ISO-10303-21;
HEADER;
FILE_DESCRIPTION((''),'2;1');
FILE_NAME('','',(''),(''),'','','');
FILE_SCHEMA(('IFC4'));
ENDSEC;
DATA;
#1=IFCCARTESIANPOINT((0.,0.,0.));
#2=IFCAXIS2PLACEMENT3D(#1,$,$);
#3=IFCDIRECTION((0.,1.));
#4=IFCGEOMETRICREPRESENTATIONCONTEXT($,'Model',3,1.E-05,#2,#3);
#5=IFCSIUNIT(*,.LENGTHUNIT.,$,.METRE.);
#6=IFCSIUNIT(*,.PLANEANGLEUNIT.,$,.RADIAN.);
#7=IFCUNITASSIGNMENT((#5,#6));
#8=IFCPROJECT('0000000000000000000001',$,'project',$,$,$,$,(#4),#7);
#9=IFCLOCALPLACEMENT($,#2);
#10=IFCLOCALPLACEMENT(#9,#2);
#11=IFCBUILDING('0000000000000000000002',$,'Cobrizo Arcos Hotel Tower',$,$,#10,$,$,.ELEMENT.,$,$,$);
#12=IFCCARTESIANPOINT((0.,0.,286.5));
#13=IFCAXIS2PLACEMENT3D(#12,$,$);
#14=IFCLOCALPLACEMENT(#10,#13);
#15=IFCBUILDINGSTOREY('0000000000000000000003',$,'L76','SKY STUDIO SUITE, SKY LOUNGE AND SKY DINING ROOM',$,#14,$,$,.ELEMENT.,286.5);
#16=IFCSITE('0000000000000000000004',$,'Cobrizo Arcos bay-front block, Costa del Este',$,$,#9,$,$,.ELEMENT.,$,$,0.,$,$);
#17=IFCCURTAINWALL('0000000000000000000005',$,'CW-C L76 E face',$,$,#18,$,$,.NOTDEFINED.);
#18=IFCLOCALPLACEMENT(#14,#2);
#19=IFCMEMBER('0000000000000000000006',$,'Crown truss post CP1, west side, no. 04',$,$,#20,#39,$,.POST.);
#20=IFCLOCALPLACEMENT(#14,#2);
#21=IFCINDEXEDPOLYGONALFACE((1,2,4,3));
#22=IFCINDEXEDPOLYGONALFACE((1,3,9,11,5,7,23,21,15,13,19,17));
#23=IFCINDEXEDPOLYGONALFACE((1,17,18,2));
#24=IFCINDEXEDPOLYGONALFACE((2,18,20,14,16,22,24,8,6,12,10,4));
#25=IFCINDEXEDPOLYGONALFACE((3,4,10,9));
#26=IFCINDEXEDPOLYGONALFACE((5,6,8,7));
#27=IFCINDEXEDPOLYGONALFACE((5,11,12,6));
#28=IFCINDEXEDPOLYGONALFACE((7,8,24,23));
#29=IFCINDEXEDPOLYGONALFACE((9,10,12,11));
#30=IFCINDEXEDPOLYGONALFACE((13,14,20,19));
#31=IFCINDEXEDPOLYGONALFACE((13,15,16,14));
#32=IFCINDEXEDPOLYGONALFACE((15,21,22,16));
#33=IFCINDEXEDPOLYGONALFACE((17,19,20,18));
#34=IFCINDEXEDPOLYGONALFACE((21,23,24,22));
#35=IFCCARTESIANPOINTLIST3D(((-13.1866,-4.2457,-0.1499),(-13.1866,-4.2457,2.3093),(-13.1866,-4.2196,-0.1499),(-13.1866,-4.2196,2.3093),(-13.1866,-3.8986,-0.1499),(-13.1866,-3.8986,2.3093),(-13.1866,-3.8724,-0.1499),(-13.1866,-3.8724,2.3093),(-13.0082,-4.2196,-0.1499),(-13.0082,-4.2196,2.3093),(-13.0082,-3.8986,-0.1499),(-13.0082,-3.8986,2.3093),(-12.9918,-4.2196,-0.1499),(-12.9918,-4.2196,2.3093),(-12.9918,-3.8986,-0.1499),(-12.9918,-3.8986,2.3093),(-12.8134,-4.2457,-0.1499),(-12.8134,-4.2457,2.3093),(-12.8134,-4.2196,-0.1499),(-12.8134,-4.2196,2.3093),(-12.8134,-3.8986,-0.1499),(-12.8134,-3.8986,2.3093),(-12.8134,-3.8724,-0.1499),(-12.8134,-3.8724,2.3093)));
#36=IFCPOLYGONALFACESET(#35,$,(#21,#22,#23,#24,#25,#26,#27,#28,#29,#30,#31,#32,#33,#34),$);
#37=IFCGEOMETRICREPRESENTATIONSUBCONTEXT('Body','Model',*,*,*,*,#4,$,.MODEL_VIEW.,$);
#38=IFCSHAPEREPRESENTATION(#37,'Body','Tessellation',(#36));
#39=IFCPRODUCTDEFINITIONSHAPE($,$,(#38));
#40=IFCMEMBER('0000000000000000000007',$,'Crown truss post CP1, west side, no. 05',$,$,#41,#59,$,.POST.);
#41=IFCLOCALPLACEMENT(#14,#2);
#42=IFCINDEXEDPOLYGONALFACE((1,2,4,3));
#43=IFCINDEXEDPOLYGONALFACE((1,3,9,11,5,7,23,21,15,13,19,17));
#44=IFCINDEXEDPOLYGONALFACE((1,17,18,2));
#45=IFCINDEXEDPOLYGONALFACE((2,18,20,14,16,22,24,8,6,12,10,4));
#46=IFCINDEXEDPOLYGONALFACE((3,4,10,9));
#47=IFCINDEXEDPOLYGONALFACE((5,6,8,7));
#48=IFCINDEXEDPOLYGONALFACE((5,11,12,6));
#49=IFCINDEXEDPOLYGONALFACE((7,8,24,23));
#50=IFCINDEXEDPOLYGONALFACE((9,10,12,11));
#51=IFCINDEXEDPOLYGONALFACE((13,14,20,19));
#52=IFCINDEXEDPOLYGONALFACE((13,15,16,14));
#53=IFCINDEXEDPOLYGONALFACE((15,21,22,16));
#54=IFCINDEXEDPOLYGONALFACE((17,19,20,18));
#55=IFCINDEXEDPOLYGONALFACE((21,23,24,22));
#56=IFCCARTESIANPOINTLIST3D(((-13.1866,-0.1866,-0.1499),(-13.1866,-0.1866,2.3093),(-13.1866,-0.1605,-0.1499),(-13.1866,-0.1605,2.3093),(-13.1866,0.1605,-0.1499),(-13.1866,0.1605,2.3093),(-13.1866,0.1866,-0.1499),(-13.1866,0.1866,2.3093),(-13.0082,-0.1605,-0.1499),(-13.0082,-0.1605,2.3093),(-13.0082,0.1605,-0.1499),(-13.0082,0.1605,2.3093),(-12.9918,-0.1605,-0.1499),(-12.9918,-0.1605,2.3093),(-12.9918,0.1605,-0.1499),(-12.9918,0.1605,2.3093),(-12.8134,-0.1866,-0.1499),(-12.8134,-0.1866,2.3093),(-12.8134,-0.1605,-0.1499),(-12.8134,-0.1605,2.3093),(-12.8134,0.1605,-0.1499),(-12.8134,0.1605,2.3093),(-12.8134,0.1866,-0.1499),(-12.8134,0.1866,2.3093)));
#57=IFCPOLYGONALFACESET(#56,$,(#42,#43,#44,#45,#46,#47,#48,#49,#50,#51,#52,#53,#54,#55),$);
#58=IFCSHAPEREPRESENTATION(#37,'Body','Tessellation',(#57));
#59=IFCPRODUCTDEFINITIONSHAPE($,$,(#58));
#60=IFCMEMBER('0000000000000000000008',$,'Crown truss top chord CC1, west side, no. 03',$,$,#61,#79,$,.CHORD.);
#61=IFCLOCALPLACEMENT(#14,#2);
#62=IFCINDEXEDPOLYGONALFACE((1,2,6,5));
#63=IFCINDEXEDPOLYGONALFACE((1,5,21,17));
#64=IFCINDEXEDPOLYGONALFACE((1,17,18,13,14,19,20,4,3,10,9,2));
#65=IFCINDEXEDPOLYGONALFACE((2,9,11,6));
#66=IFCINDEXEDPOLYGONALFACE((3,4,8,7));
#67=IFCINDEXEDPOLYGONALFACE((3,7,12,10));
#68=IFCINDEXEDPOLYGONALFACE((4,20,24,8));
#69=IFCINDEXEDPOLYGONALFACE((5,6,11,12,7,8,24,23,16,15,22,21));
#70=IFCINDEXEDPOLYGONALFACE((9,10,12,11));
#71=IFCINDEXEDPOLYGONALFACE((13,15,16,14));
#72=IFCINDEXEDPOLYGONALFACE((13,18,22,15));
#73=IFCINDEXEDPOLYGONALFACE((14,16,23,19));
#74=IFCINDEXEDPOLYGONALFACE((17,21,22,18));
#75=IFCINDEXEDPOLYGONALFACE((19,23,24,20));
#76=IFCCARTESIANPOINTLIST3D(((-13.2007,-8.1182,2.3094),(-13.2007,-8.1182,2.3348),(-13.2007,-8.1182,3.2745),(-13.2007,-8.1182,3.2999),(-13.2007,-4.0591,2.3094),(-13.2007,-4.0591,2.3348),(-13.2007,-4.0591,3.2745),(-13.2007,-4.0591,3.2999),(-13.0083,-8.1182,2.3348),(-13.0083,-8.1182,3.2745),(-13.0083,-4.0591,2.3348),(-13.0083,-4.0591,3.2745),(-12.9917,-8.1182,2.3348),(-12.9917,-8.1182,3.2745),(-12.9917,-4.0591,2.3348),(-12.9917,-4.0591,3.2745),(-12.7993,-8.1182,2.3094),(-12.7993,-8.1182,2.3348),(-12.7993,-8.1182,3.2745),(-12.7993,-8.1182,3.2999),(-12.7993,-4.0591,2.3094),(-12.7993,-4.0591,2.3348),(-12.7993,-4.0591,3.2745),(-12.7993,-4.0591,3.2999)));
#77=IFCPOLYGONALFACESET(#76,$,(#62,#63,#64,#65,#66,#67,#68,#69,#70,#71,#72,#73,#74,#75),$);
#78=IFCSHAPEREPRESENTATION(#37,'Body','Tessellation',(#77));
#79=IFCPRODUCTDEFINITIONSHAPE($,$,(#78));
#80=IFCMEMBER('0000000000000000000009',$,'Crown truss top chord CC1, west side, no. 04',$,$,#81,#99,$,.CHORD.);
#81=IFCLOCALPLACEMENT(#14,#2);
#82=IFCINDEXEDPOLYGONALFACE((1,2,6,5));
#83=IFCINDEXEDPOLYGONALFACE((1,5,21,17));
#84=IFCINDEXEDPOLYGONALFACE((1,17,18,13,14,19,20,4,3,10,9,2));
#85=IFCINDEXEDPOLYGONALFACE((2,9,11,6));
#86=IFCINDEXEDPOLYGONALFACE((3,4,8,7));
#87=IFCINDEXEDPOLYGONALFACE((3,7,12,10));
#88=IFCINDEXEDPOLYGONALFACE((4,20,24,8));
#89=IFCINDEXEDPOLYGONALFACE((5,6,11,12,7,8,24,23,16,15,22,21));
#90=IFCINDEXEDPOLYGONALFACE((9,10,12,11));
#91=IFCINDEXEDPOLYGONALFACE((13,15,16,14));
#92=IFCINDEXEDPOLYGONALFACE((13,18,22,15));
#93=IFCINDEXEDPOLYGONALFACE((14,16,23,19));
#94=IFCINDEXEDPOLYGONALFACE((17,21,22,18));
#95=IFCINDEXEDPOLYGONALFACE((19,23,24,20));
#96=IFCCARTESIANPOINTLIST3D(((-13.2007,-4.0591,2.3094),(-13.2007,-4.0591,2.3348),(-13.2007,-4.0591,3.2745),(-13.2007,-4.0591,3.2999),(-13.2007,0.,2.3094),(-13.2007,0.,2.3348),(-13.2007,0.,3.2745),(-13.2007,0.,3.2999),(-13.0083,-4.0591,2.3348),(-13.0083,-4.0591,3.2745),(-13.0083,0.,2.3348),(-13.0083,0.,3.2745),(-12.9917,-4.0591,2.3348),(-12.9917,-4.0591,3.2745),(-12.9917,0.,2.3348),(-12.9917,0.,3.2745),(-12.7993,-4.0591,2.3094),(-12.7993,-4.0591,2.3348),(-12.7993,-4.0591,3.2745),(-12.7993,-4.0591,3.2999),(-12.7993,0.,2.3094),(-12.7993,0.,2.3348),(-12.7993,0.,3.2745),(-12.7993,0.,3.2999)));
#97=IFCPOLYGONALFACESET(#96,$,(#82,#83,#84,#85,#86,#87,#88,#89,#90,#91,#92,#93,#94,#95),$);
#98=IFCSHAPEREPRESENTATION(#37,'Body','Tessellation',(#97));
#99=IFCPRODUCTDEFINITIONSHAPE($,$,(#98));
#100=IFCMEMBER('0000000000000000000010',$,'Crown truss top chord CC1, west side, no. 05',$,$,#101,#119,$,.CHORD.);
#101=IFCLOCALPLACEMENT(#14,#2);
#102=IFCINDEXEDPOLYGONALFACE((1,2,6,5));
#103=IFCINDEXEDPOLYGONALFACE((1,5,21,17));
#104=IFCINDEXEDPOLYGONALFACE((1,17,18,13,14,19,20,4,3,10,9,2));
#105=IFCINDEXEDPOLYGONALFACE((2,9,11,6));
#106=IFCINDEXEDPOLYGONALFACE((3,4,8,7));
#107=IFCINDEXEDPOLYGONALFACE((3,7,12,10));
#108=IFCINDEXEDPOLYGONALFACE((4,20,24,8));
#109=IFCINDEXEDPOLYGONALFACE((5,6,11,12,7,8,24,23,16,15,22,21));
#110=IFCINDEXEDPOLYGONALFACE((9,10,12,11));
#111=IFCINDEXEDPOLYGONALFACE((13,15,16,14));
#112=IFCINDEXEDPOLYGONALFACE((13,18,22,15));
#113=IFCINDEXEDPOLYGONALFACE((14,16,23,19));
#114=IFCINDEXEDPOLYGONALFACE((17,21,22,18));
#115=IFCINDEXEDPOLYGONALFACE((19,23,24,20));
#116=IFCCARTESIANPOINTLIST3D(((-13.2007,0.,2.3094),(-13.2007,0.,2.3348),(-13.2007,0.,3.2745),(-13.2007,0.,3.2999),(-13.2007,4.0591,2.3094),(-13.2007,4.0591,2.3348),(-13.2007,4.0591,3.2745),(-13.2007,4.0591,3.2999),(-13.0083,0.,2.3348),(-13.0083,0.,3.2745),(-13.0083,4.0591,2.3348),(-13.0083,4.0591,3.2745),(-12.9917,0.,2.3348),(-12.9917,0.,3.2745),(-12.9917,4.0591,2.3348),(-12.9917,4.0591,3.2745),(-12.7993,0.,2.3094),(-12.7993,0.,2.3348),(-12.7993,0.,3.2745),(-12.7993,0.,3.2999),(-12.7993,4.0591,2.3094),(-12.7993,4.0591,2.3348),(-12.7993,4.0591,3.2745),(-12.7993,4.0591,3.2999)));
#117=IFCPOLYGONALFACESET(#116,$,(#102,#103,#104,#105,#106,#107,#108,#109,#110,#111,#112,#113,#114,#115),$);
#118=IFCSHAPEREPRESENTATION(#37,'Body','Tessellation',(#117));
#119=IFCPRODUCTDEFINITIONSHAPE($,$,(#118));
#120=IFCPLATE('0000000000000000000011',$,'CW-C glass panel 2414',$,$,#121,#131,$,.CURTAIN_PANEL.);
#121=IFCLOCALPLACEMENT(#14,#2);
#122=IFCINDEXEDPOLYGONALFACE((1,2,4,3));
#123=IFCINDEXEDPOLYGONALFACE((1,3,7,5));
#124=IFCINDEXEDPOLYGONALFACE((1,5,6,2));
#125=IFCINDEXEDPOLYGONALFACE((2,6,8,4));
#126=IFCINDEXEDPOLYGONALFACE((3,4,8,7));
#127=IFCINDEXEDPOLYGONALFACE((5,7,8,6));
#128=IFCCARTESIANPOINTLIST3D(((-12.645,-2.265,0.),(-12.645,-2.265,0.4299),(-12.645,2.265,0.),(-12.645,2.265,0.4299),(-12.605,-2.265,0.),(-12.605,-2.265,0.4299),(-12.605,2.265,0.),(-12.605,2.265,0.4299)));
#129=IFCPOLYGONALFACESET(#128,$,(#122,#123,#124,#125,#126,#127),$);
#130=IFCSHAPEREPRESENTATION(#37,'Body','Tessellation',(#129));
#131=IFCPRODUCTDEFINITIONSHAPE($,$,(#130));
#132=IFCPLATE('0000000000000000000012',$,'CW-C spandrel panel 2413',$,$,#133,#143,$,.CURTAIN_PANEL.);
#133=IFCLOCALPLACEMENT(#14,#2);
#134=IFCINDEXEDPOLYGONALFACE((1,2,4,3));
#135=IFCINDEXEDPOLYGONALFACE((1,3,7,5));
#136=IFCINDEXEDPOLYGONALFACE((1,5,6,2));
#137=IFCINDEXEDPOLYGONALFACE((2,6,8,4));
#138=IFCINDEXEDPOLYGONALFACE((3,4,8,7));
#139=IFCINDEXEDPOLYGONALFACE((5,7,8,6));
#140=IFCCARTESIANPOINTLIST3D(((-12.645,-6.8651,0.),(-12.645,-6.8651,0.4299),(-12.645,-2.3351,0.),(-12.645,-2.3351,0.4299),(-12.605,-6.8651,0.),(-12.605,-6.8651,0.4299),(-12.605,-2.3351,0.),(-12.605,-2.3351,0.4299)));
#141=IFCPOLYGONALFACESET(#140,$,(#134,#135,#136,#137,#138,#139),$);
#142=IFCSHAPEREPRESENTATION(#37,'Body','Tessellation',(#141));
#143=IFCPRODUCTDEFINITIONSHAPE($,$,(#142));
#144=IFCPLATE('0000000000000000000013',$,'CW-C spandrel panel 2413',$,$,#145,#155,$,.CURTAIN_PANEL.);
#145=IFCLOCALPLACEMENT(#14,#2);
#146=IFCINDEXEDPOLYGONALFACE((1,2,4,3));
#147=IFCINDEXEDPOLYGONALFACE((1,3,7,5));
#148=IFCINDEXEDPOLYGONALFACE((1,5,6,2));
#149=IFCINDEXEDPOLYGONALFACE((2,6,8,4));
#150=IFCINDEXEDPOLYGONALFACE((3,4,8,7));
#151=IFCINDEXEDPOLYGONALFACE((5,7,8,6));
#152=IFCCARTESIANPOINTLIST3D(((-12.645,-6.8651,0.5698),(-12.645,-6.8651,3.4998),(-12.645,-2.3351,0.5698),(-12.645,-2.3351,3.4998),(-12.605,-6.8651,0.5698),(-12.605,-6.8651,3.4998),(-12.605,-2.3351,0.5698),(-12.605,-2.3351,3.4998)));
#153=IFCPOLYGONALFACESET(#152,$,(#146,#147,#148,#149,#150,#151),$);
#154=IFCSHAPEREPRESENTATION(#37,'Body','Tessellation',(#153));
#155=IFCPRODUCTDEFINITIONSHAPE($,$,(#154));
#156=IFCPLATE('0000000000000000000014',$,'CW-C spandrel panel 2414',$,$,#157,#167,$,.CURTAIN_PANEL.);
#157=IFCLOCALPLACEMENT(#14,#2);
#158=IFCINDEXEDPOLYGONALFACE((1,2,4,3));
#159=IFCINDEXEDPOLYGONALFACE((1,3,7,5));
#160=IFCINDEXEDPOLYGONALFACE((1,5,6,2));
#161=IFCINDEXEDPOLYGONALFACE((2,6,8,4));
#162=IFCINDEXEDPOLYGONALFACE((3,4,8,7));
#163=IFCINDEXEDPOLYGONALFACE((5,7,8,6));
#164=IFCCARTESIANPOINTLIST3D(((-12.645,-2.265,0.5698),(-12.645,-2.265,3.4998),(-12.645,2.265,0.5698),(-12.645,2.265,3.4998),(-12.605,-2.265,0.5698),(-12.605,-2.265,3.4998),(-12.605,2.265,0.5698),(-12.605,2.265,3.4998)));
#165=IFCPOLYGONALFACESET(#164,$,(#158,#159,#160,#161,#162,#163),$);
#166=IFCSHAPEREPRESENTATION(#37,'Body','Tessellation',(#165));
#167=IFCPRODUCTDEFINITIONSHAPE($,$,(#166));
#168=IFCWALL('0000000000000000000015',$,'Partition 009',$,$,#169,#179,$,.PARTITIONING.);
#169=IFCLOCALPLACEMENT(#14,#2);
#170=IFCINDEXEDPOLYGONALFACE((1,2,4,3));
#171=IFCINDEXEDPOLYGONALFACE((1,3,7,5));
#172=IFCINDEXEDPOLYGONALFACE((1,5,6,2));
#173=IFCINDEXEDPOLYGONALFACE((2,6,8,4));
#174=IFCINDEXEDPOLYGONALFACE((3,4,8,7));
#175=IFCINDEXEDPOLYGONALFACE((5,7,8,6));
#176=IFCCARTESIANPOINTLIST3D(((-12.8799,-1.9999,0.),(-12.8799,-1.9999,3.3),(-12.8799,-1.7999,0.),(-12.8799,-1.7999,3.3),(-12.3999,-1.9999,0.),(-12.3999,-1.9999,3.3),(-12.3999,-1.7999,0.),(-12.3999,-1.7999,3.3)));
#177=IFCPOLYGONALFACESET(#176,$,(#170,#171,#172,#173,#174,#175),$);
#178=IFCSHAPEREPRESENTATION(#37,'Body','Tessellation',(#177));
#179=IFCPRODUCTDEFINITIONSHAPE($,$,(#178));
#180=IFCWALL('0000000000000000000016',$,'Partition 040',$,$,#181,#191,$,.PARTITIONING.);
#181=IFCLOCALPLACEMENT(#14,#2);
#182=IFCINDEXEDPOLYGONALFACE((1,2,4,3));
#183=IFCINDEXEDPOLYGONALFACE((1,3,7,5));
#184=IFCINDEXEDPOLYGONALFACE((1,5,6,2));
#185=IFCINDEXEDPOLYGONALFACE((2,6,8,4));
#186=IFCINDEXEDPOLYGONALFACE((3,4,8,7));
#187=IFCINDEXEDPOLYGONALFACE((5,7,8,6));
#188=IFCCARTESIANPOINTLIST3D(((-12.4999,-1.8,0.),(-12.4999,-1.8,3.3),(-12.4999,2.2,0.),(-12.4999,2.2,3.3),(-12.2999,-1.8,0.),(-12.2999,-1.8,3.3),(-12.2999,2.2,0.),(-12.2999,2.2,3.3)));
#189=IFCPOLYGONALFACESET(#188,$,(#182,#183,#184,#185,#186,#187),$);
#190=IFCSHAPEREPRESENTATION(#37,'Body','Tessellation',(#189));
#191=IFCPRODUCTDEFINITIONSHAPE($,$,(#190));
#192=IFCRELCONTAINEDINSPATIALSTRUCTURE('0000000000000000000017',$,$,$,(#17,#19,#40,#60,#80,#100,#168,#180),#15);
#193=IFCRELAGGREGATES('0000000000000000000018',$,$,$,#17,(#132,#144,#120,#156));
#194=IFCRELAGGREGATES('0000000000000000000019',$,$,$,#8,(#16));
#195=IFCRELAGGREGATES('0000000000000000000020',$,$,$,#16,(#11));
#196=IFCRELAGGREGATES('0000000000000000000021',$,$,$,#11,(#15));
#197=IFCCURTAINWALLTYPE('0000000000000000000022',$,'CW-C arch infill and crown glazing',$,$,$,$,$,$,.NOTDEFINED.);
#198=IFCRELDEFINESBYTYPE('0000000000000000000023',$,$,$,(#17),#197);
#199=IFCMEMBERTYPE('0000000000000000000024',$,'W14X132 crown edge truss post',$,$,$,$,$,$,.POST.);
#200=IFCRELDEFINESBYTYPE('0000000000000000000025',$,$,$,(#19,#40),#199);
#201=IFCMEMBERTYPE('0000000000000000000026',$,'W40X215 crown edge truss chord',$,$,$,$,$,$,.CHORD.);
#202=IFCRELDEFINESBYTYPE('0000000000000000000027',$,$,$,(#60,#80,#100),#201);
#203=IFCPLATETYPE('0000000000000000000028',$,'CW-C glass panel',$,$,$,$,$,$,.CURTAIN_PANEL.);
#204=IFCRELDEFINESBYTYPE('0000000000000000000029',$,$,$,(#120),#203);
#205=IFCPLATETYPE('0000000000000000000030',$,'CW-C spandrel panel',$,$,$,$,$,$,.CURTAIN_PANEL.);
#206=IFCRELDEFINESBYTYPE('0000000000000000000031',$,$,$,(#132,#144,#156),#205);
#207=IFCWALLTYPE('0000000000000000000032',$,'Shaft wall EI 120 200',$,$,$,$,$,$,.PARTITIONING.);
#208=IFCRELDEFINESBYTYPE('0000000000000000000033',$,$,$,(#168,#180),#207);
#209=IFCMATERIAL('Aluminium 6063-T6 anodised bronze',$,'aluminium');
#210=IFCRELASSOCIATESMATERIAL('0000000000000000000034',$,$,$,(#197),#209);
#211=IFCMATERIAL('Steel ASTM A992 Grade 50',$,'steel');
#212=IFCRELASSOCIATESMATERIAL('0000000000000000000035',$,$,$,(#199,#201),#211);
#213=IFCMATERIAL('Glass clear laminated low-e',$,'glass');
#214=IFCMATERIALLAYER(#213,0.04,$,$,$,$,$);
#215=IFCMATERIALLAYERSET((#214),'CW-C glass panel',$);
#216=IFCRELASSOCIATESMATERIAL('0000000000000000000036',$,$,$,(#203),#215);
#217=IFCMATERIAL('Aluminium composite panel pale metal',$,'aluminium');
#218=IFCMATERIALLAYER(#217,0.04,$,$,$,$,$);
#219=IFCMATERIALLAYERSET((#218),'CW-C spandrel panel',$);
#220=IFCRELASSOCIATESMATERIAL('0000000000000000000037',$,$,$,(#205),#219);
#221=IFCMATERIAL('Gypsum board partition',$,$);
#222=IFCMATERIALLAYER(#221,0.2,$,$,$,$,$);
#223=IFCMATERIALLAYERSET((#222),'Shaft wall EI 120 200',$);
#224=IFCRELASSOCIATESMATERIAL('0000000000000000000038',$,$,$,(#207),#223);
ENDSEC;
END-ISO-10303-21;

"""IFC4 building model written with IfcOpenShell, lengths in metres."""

from ifc_helpers import new_model, si_unit, direction, frame, frame_2d, origin, origin_2d, place, context, subcontext, project, spatial, rectangle, i_section, extrude, material, layer, layer_set, material_profile, profile_set, type_object, element, aggregate, save


model = new_model("IFC4")

# Units and contexts
model_context = context("Model", 3, precision=1e-05, world=origin(), true_north=direction((0.0, 1.0)))
body_context = subcontext(model_context, "Body", "Model", "MODEL_VIEW")
ifc_project = project(units=[si_unit("LENGTHUNIT", "METRE"), si_unit("PLANEANGLEUNIT", "RADIAN")], contexts=[model_context])

# Site, building, storey
site_placement = place(None, origin())
site = spatial("IfcSite", under=ifc_project, at=site_placement, Name="Cobrizo Arcos bay-front block, Costa del Este", CompositionType="ELEMENT", RefElevation=0.0)
building_placement = place(site_placement, origin())
building = spatial("IfcBuilding", under=site, at=building_placement, Name="Cobrizo Arcos Hotel Tower", CompositionType="ELEMENT")
storey_placement = place(building_placement, frame((0.0, 0.0, 286.5)))
storey = spatial("IfcBuildingStorey", under=building, at=storey_placement, Name="L76", Description="SKY STUDIO SUITE, SKY LOUNGE AND SKY DINING ROOM", CompositionType="ELEMENT", Elevation=286.5)

# Curtain wall
ifc_material_1 = material(Name="Aluminium 6063-T6 anodised bronze", Category="aluminium")
curtain_wall_type = type_object("IfcCurtainWallType", Name="CW-C arch infill and crown glazing", PredefinedType="NOTDEFINED", material=ifc_material_1)
curtain_wall_placement = place(storey_placement, origin())
curtain_wall = element("IfcCurtainWall", 1, at=curtain_wall_placement, inside=storey, type_object=curtain_wall_type, Name="CW-C L76 E face", PredefinedType="NOTDEFINED")

# Members
ifc_material_2 = material(Name="Steel ASTM A992 Grade 50", Category="steel")
ifc_material_profile_1 = material_profile(ifc_material_2, i_section(OverallWidth=0.3733, OverallDepth=0.3733, WebThickness=0.0164, FlangeThickness=0.0261, at=origin_2d()), Name="W14X132")
ifc_profile_set_1 = profile_set([ifc_material_profile_1], Name="Steel ASTM A992 Grade 50")
member_type_1 = type_object("IfcMemberType", Name="W14X132 crown edge truss post", PredefinedType="POST", material=ifc_profile_set_1)
for number, where, z_axis, x_axis, name in (
    (2, (-13.0, -4.0591, -0.1499), (0.0, 0.0, 1.0), (1.0, 0.0, 0.0), "Crown truss post CP1, west side, no. 04"),
    (3, (-13.0, 0.0, -0.1499), (0.0, 0.0, 1.0), (1.0, 0.0, 0.0), "Crown truss post CP1, west side, no. 05"),
):
    element("IfcMember", number, at=place(storey_placement, frame(where, z_axis=z_axis, x_axis=x_axis)), inside=storey, type_object=member_type_1, Name=name, PredefinedType="POST", context=body_context, shape_type="SweptSolid", body=[
        extrude(i_section(OverallWidth=0.3733, OverallDepth=0.3733, WebThickness=0.0164, FlangeThickness=0.0261, at=origin_2d()), origin(), (0.0, 0.0, 1.0), 2.4592),
    ])
ifc_material_profile_2 = material_profile(ifc_material_2, i_section(OverallWidth=0.4014, OverallDepth=0.9905, WebThickness=0.0166, FlangeThickness=0.0254, at=origin_2d()), Name="W40X215")
ifc_profile_set_2 = profile_set([ifc_material_profile_2], Name="Steel ASTM A992 Grade 50")
member_type_2 = type_object("IfcMemberType", Name="W40X215 crown edge truss chord", PredefinedType="CHORD", material=ifc_profile_set_2)
for number, where, z_axis, x_axis, name in (
    (4, (-13.0, -8.1182, 2.8047), (0.0, 1.0, 0.0), (-1.0, 0.0, 0.0), "Crown truss top chord CC1, west side, no. 03"),
    (5, (-13.0, -4.0591, 2.8047), (0.0, 1.0, 0.0), (-1.0, 0.0, 0.0), "Crown truss top chord CC1, west side, no. 04"),
    (6, (-13.0, 0.0, 2.8047), (0.0, 1.0, 0.0), (-1.0, 0.0, 0.0), "Crown truss top chord CC1, west side, no. 05"),
):
    element("IfcMember", number, at=place(storey_placement, frame(where, z_axis=z_axis, x_axis=x_axis)), inside=storey, type_object=member_type_2, Name=name, PredefinedType="CHORD", context=body_context, shape_type="SweptSolid", body=[
        extrude(i_section(OverallWidth=0.4014, OverallDepth=0.9905, WebThickness=0.0166, FlangeThickness=0.0254, at=origin_2d()), origin(), (0.0, 0.0, 1.0), 4.0591),
    ])

# Plates
ifc_material_3 = material(Name="Glass clear laminated low-e", Category="glass")
ifc_layer_1 = layer(ifc_material_3, 0.04)
ifc_layer_set_1 = layer_set([ifc_layer_1], Name="CW-C glass panel")
plate_type_1 = type_object("IfcPlateType", Name="CW-C glass panel", PredefinedType="CURTAIN_PANEL", material=ifc_layer_set_1)
plate_1_placement = place(storey_placement, frame((-12.625, 0.0, 0.0), z_axis=(0.0, 0.0, 1.0), x_axis=(0.0, 1.0, 0.0)))
plate_1 = element("IfcPlate", 7, at=plate_1_placement, type_object=plate_type_1, Name="CW-C glass panel 2414", PredefinedType="CURTAIN_PANEL", context=body_context, shape_type="SweptSolid", body=[
    extrude(rectangle(XDim=4.53, YDim=0.04, at=origin_2d()), origin(), (0.0, 0.0, 1.0), 0.4299),
])
ifc_material_4 = material(Name="Aluminium composite panel pale metal", Category="aluminium")
ifc_layer_2 = layer(ifc_material_4, 0.04)
ifc_layer_set_2 = layer_set([ifc_layer_2], Name="CW-C spandrel panel")
plate_type_2 = type_object("IfcPlateType", Name="CW-C spandrel panel", PredefinedType="CURTAIN_PANEL", material=ifc_layer_set_2)
plate_2_placement = place(storey_placement, frame((-12.625, -4.6001, 0.0), z_axis=(0.0, 0.0, 1.0), x_axis=(0.0, 1.0, 0.0)))
plate_2 = element("IfcPlate", 8, at=plate_2_placement, type_object=plate_type_2, Name="CW-C spandrel panel 2413", PredefinedType="CURTAIN_PANEL", context=body_context, shape_type="SweptSolid", body=[
    extrude(rectangle(XDim=4.53, YDim=0.04, at=origin_2d()), origin(), (0.0, 0.0, 1.0), 0.4299),
])
plate_3_placement = place(storey_placement, frame((-12.625, -4.6001, 0.5698), z_axis=(0.0, 0.0, 1.0), x_axis=(0.0, 1.0, 0.0)))
plate_3 = element("IfcPlate", 9, at=plate_3_placement, type_object=plate_type_2, Name="CW-C spandrel panel 2413", PredefinedType="CURTAIN_PANEL", context=body_context, shape_type="SweptSolid", body=[
    extrude(rectangle(XDim=4.53, YDim=0.04, at=origin_2d()), origin(), (0.0, 0.0, 1.0), 2.9299),
])
plate_4_placement = place(storey_placement, frame((-12.625, 0.0, 0.5698), z_axis=(0.0, 0.0, 1.0), x_axis=(0.0, 1.0, 0.0)))
plate_4 = element("IfcPlate", 10, at=plate_4_placement, type_object=plate_type_2, Name="CW-C spandrel panel 2414", PredefinedType="CURTAIN_PANEL", context=body_context, shape_type="SweptSolid", body=[
    extrude(rectangle(XDim=4.53, YDim=0.04, at=origin_2d()), origin(), (0.0, 0.0, 1.0), 2.9299),
])
aggregate(curtain_wall, [plate_2, plate_3, plate_1, plate_4])

# Walls
ifc_material_5 = material(Name="Gypsum board partition")
ifc_layer_3 = layer(ifc_material_5, 0.2)
ifc_layer_set_3 = layer_set([ifc_layer_3], Name="Shaft wall EI 120 200")
wall_type = type_object("IfcWallType", Name="Shaft wall EI 120 200", PredefinedType="PARTITIONING", material=ifc_layer_set_3)
wall_1_placement = place(storey_placement, frame((-12.8799, -1.8999, 0.0), z_axis=(0.0, 0.0, 1.0), x_axis=(1.0, 0.0, 0.0)))
element("IfcWall", 11, at=wall_1_placement, inside=storey, type_object=wall_type, Name="Partition 009", PredefinedType="PARTITIONING", context=body_context, shape_type="SweptSolid", body=[
    extrude(rectangle(XDim=0.48, YDim=0.2, at=frame_2d((0.24, 0.0))), origin(), (0.0, 0.0, 1.0), 3.3),
])
wall_2_placement = place(storey_placement, frame((-12.3999, -1.8, 0.0), z_axis=(0.0, 0.0, 1.0), x_axis=(0.0, 1.0, 0.0)))
element("IfcWall", 12, at=wall_2_placement, inside=storey, type_object=wall_type, Name="Partition 040", PredefinedType="PARTITIONING", context=body_context, shape_type="SweptSolid", body=[
    extrude(rectangle(XDim=4.0, YDim=0.2, at=frame_2d((2.0, 0.0))), origin(), (0.0, 0.0, 1.0), 3.3),
])

save(model, "model.ifc")
